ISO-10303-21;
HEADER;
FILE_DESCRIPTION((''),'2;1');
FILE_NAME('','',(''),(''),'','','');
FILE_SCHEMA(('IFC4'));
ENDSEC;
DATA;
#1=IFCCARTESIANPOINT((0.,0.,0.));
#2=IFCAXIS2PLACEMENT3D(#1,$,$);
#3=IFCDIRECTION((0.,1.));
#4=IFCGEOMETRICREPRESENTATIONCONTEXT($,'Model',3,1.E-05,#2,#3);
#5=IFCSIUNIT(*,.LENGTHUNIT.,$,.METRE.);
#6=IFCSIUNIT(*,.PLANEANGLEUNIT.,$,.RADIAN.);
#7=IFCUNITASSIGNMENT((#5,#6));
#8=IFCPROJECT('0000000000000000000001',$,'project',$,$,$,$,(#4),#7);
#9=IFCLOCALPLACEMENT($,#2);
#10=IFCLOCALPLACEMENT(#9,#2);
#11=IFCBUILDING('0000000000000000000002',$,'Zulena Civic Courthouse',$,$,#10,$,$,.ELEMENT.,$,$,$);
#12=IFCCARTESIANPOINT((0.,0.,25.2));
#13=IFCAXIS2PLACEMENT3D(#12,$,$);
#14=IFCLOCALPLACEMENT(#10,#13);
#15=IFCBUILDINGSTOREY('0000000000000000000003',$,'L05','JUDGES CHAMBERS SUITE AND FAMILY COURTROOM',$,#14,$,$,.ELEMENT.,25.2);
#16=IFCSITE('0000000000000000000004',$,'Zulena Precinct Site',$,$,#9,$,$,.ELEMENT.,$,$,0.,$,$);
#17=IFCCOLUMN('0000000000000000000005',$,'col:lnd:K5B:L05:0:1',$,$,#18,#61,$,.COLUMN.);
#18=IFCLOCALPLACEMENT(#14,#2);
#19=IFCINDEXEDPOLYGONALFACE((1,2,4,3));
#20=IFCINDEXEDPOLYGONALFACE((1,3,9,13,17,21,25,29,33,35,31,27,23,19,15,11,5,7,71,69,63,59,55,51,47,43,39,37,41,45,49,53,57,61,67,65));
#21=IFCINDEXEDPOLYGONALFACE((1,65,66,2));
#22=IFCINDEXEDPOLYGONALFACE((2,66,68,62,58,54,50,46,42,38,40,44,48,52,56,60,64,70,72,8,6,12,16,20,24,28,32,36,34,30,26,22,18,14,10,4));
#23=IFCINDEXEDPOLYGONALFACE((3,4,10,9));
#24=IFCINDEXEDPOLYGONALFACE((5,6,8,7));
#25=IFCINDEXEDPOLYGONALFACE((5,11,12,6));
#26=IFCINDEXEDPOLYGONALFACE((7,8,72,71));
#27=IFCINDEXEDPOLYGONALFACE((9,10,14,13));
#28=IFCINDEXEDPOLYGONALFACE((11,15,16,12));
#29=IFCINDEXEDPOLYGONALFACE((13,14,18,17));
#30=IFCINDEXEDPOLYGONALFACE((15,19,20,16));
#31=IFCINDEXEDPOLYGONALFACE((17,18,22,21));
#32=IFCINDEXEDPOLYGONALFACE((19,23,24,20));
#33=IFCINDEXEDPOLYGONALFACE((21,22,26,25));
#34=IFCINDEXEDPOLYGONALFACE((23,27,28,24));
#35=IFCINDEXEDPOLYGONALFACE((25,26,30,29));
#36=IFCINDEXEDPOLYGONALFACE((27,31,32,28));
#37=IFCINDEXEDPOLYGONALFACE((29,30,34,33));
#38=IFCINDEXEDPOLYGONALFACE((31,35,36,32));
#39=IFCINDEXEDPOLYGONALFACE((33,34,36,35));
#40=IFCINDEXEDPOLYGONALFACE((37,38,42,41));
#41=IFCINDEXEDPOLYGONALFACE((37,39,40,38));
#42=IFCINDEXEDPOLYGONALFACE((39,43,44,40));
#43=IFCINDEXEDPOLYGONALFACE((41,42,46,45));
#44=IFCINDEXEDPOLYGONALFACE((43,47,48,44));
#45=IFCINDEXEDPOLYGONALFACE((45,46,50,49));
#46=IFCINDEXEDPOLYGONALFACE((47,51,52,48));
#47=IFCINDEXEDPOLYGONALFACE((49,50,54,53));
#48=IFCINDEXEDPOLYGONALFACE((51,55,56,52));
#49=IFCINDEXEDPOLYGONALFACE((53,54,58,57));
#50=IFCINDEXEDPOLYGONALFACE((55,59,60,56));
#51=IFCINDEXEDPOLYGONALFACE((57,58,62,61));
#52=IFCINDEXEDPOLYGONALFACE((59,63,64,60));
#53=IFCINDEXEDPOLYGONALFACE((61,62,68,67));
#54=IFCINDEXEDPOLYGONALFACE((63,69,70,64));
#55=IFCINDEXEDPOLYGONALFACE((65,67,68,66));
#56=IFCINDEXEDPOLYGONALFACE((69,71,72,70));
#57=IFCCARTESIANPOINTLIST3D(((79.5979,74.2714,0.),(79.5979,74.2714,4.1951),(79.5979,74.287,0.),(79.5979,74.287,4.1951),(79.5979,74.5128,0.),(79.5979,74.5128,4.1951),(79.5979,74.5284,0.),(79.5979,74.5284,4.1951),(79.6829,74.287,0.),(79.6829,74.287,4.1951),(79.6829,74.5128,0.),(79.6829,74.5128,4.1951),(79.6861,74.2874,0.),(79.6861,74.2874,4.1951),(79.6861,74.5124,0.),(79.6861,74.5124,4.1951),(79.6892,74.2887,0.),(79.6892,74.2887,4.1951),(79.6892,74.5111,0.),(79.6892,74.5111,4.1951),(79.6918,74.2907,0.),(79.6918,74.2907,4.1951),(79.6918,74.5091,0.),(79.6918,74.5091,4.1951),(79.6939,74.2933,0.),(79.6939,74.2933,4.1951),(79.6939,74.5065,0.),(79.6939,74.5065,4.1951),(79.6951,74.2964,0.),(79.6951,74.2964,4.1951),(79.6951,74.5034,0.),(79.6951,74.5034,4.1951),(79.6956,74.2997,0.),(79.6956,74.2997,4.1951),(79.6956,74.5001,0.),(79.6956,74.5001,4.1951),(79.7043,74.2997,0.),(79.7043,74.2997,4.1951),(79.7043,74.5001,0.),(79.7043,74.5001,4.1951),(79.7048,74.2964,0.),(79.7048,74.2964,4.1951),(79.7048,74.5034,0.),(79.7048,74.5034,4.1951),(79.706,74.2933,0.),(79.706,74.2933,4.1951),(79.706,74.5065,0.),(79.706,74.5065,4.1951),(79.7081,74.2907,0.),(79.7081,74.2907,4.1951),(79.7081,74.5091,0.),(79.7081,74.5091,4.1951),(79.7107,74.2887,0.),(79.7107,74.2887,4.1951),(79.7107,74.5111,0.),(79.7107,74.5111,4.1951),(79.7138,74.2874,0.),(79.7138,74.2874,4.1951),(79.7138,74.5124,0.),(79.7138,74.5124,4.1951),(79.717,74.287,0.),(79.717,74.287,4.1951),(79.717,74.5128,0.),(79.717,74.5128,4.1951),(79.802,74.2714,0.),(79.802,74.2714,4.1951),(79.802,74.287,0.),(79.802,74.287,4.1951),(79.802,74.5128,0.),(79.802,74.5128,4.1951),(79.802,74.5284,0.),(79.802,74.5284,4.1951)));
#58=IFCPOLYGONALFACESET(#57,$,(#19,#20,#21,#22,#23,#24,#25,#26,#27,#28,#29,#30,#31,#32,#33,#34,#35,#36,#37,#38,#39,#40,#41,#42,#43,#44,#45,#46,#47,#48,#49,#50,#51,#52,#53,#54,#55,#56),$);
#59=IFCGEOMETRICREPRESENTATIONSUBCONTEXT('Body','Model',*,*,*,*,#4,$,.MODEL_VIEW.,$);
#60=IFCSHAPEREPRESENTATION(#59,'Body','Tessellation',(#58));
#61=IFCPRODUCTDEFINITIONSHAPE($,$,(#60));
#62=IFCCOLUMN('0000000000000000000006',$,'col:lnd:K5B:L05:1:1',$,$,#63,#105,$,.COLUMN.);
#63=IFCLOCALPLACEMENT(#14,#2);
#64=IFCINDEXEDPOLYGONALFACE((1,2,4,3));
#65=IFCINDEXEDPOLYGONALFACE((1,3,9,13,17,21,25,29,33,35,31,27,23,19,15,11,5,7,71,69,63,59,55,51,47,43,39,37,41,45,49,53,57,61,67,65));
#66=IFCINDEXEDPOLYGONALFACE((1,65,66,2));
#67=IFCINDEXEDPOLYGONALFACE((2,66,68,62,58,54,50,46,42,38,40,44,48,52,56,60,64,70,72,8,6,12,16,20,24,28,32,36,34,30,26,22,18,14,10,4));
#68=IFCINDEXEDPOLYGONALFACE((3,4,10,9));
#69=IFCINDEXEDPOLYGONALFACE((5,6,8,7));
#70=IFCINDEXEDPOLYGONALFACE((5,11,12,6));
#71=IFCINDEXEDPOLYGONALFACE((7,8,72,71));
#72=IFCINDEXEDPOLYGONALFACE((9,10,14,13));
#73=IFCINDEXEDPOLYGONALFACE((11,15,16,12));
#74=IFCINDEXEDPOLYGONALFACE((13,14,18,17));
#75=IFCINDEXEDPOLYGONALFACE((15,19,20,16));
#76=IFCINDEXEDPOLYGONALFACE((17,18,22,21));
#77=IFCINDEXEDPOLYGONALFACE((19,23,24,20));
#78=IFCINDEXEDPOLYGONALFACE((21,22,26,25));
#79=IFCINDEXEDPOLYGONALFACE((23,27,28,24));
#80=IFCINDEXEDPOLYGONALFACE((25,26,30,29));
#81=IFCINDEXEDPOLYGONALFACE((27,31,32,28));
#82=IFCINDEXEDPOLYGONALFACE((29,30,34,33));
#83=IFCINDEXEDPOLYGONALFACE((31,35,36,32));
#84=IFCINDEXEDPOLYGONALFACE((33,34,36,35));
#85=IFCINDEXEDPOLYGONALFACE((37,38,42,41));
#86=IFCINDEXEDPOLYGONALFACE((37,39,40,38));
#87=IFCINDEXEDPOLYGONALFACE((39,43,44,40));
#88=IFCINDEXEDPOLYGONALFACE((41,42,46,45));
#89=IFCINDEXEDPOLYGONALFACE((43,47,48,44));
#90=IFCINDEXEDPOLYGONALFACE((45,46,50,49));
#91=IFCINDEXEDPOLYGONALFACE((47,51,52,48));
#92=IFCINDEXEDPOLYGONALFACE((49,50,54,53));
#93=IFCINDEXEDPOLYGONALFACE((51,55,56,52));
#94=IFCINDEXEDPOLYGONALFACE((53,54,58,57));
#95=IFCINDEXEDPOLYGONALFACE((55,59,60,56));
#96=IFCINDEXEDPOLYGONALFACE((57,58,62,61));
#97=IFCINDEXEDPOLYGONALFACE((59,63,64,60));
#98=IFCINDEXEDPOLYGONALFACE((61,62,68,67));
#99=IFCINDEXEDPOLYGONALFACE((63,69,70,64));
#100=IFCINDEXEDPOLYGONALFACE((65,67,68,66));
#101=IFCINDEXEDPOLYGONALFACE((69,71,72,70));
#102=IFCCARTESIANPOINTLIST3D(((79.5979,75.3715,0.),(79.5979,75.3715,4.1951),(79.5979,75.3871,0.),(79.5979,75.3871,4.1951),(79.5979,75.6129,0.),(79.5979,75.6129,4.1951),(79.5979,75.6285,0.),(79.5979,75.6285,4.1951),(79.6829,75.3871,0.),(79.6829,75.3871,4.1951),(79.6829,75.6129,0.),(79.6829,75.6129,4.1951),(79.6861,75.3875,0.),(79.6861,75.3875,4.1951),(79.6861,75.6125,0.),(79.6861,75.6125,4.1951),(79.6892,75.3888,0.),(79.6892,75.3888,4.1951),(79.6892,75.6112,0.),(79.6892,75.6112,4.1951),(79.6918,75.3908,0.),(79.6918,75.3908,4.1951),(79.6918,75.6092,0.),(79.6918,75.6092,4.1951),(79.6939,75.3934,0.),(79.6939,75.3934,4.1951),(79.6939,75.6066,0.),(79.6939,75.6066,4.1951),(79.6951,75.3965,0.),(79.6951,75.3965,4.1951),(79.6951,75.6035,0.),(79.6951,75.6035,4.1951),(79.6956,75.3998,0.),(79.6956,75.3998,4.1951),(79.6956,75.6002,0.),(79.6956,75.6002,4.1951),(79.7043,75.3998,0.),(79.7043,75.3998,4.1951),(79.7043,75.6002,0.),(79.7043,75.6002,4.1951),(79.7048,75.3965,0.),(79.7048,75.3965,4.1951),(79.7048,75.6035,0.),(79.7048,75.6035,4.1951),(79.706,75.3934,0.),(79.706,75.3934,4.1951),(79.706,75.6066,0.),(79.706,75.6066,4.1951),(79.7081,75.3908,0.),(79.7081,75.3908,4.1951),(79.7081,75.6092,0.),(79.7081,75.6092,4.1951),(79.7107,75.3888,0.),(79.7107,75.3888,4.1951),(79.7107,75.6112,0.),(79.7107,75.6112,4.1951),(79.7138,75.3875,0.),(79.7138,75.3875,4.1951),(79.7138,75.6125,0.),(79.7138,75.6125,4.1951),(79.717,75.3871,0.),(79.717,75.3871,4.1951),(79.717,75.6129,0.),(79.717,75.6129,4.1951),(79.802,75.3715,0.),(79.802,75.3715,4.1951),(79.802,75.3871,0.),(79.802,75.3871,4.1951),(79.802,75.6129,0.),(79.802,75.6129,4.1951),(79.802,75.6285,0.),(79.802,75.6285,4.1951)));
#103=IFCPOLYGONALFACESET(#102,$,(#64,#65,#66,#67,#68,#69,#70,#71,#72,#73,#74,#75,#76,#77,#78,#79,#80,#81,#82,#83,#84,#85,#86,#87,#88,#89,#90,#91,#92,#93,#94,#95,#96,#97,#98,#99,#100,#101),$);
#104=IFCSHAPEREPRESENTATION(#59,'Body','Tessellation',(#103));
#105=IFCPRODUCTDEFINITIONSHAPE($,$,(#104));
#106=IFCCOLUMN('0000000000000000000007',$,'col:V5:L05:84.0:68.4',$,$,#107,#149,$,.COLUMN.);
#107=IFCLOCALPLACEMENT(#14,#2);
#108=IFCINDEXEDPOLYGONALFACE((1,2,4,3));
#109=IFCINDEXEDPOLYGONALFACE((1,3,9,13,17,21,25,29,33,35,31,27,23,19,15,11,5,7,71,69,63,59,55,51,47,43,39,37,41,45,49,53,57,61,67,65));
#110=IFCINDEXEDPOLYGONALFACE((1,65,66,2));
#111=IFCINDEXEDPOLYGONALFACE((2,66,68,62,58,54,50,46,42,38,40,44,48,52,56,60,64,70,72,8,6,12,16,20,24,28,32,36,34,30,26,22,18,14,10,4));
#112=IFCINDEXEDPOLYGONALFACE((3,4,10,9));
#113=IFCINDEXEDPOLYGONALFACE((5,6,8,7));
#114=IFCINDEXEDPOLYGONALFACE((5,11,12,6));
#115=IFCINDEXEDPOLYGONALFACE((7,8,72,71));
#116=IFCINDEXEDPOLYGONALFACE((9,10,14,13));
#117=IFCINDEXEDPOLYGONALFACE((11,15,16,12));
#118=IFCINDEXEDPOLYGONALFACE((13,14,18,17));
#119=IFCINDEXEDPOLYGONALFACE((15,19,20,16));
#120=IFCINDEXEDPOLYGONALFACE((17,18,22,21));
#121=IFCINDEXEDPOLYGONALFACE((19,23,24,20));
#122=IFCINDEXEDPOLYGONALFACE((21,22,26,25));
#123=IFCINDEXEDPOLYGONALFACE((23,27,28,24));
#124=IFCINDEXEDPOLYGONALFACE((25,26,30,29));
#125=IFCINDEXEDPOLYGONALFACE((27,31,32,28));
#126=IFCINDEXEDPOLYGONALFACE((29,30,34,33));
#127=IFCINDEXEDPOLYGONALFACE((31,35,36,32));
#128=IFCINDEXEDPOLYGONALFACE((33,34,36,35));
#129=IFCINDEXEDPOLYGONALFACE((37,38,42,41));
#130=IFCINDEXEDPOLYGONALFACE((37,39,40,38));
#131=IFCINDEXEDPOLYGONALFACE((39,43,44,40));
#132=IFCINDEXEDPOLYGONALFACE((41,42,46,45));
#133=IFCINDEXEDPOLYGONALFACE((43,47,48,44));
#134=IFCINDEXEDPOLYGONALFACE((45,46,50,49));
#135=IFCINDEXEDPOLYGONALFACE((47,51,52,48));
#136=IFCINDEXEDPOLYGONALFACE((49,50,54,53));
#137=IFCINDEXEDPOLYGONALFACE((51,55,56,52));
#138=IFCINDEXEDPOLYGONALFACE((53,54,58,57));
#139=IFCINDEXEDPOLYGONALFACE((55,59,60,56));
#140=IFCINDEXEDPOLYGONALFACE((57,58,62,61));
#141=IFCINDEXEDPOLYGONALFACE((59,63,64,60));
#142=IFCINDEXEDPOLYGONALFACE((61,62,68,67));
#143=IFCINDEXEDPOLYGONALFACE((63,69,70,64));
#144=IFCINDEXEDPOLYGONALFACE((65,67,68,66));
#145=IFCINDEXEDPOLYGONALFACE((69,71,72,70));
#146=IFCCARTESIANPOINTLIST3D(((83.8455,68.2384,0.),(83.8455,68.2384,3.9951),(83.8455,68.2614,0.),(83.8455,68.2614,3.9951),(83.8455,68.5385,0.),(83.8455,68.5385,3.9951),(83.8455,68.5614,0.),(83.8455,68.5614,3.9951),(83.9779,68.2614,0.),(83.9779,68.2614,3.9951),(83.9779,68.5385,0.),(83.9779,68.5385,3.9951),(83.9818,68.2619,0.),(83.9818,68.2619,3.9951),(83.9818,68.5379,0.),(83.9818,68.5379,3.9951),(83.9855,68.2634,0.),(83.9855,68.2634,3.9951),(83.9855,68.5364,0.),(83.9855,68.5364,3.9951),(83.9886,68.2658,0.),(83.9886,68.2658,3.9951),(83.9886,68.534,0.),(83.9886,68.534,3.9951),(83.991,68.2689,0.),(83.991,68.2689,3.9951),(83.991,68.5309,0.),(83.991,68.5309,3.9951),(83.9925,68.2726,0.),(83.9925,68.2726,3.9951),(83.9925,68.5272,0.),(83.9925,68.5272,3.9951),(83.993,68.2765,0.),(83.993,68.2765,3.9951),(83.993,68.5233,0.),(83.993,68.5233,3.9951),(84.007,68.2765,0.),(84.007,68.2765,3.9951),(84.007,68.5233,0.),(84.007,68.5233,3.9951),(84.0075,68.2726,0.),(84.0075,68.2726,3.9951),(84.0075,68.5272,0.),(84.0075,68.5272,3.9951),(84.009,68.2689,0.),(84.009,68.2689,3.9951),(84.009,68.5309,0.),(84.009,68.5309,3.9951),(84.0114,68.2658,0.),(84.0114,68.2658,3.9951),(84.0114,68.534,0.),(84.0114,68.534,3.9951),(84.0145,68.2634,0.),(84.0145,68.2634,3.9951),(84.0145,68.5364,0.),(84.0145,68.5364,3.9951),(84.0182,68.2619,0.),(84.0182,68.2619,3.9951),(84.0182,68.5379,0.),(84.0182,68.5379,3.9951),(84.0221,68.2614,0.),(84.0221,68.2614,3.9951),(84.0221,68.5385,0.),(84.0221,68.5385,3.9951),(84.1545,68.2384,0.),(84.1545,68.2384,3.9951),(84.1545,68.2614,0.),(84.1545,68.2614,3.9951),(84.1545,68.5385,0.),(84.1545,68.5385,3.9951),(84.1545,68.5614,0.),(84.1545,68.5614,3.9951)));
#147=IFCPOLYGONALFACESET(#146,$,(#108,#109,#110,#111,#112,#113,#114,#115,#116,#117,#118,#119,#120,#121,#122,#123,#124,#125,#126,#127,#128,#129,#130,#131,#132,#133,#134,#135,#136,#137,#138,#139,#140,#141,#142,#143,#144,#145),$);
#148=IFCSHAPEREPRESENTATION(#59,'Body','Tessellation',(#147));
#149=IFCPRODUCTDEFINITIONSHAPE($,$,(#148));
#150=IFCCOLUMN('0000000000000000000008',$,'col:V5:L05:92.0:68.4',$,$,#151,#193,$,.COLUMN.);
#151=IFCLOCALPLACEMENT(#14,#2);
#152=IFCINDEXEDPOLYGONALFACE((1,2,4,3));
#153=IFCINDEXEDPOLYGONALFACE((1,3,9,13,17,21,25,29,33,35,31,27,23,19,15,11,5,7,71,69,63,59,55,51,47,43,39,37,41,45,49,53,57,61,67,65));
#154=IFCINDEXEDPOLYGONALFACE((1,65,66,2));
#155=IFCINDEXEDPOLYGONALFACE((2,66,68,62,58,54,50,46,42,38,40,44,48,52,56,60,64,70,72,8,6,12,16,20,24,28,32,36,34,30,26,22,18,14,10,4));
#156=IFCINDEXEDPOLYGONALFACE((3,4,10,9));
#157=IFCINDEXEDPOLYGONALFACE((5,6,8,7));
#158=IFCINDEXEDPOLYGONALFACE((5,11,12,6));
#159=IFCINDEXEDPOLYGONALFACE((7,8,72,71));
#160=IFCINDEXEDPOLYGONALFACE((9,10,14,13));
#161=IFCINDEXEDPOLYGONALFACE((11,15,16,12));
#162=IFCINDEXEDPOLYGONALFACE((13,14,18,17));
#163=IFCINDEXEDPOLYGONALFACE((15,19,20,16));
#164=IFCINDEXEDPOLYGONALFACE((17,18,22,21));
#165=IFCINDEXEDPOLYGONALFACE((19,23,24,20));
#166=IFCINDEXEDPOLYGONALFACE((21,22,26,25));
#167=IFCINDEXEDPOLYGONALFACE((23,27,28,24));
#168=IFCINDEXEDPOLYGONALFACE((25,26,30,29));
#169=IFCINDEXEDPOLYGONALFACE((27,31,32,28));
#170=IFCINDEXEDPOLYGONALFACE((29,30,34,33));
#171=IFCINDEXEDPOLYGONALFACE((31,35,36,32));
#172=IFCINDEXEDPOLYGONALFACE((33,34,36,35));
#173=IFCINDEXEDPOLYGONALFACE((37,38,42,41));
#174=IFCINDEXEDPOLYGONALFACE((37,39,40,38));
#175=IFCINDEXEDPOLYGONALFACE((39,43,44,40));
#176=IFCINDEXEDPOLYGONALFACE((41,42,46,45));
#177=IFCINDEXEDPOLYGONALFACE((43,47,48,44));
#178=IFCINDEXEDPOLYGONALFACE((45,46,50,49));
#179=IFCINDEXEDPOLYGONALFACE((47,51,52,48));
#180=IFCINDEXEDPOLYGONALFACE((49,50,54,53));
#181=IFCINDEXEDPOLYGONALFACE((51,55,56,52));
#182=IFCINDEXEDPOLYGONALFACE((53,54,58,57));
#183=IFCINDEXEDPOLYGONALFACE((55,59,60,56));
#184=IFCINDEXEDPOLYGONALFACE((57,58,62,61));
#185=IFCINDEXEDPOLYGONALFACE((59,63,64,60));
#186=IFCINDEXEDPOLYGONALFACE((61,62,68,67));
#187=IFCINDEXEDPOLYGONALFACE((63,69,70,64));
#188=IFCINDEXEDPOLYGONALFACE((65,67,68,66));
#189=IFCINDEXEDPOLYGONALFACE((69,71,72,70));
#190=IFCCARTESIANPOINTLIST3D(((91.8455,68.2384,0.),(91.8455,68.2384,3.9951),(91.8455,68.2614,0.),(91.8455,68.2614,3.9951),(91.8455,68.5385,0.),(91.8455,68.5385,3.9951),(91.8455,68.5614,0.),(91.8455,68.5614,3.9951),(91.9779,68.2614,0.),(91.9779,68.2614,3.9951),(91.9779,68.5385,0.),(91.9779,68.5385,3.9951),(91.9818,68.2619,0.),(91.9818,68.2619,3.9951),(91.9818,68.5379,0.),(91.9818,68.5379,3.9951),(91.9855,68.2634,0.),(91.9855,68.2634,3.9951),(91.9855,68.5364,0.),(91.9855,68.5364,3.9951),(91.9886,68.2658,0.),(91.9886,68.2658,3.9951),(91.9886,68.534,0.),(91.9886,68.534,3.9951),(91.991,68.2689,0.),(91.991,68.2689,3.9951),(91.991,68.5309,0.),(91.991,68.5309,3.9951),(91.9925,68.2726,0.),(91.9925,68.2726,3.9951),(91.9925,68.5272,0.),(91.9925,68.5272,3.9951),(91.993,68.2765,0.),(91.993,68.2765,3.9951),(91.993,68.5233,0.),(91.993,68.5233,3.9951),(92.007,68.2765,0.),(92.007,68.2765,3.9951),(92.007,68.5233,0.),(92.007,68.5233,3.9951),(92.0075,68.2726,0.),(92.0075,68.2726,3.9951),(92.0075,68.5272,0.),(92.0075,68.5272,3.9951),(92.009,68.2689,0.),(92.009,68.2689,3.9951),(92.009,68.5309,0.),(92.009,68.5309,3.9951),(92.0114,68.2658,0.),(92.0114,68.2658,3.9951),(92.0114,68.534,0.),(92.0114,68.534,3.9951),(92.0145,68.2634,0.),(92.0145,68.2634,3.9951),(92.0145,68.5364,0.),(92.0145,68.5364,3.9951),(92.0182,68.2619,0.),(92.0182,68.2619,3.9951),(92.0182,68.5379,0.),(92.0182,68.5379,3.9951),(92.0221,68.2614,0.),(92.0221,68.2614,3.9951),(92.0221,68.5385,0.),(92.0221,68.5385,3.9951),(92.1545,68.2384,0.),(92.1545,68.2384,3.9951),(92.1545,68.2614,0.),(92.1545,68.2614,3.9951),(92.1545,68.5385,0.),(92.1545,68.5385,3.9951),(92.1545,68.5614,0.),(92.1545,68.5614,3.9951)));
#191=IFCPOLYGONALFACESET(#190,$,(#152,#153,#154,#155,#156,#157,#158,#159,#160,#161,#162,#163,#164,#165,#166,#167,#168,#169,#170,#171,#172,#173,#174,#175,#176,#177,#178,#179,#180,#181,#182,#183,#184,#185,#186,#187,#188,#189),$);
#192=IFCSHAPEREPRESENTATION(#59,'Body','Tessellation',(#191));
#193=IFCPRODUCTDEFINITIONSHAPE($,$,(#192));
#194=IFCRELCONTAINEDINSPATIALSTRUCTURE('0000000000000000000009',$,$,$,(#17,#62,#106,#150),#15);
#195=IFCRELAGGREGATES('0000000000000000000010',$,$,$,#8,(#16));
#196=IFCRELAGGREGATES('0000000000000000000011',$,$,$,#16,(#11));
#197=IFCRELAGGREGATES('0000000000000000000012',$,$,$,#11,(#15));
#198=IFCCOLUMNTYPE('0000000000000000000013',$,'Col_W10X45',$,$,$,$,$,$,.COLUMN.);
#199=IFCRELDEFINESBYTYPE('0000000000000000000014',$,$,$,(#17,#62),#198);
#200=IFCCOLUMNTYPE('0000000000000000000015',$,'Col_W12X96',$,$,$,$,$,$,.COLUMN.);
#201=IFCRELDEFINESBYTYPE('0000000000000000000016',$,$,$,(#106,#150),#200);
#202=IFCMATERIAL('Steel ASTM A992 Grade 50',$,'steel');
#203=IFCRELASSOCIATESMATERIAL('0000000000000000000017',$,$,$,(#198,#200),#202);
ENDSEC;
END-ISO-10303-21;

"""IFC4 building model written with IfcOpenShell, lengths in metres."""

from ifc_helpers import new_model, si_unit, direction, frame, origin, origin_2d, place, context, subcontext, project, spatial, i_section, extrude, material, material_profile, profile_set, type_object, element, save


model = new_model("IFC4")

# Units and contexts
model_context = context("Model", 3, precision=1e-05, world=origin(), true_north=direction((0.0, 1.0)))
body_context = subcontext(model_context, "Body", "Model", "MODEL_VIEW")
ifc_project = project(units=[si_unit("LENGTHUNIT", "METRE"), si_unit("PLANEANGLEUNIT", "RADIAN")], contexts=[model_context])

# Site, building, storey
site_placement = place(None, origin())
site = spatial("IfcSite", under=ifc_project, at=site_placement, Name="Zulena Precinct Site", CompositionType="ELEMENT", RefElevation=0.0)
building_placement = place(site_placement, origin())
building = spatial("IfcBuilding", under=site, at=building_placement, Name="Zulena Civic Courthouse", CompositionType="ELEMENT")
storey_placement = place(building_placement, frame((0.0, 0.0, 25.2)))
storey = spatial("IfcBuildingStorey", under=building, at=storey_placement, Name="L05", Description="JUDGES CHAMBERS SUITE AND FAMILY COURTROOM", CompositionType="ELEMENT", Elevation=25.2)

# Columns
ifc_material_1 = material(Name="Steel ASTM A992 Grade 50", Category="steel")
ifc_material_profile_1 = material_profile(ifc_material_1, i_section(OverallWidth=0.2041, OverallDepth=0.2571, WebThickness=0.0088, FlangeThickness=0.0156, FilletRadius=0.0127, at=origin_2d()), Name="W10X45")
ifc_profile_set_1 = profile_set([ifc_material_profile_1], Name="Steel ASTM A992 Grade 50")
column_type_1 = type_object("IfcColumnType", Name="Col_W10X45", PredefinedType="COLUMN", material=ifc_profile_set_1)
for number, where, z_axis, x_axis, name in (
    (1, (79.7, 74.3999, 0.0), (0.0, 0.0, 1.0), (1.0, 0.0, 0.0), "col:lnd:K5B:L05:0:1"),
    (2, (79.7, 75.5, 0.0), (0.0, 0.0, 1.0), (1.0, 0.0, 0.0), "col:lnd:K5B:L05:1:1"),
):
    element("IfcColumn", number, at=place(storey_placement, frame(where, z_axis=z_axis, x_axis=x_axis)), inside=storey, type_object=column_type_1, Name=name, PredefinedType="COLUMN", context=body_context, shape_type="SweptSolid", body=[
        extrude(i_section(OverallWidth=0.2041, OverallDepth=0.2571, WebThickness=0.0088, FlangeThickness=0.0156, FilletRadius=0.0127, at=origin_2d()), origin(), (0.0, 0.0, 1.0), 4.1951),
    ])
ifc_material_profile_2 = material_profile(ifc_material_1, i_section(OverallWidth=0.3091, OverallDepth=0.323, WebThickness=0.0139, FlangeThickness=0.0229, FilletRadius=0.0151, at=origin_2d()), Name="W12X96")
ifc_profile_set_2 = profile_set([ifc_material_profile_2], Name="Steel ASTM A992 Grade 50")
column_type_2 = type_object("IfcColumnType", Name="Col_W12X96", PredefinedType="COLUMN", material=ifc_profile_set_2)
for number, where, z_axis, x_axis, name in (
    (3, (84.0, 68.3999, 0.0), (0.0, 0.0, 1.0), (1.0, 0.0, 0.0), "col:V5:L05:84.0:68.4"),
    (4, (92.0, 68.3999, 0.0), (0.0, 0.0, 1.0), (1.0, 0.0, 0.0), "col:V5:L05:92.0:68.4"),
):
    element("IfcColumn", number, at=place(storey_placement, frame(where, z_axis=z_axis, x_axis=x_axis)), inside=storey, type_object=column_type_2, Name=name, PredefinedType="COLUMN", context=body_context, shape_type="SweptSolid", body=[
        extrude(i_section(OverallWidth=0.3091, OverallDepth=0.323, WebThickness=0.0139, FlangeThickness=0.0229, FilletRadius=0.0151, at=origin_2d()), origin(), (0.0, 0.0, 1.0), 3.9951),
    ])

save(model, "model.ifc")
